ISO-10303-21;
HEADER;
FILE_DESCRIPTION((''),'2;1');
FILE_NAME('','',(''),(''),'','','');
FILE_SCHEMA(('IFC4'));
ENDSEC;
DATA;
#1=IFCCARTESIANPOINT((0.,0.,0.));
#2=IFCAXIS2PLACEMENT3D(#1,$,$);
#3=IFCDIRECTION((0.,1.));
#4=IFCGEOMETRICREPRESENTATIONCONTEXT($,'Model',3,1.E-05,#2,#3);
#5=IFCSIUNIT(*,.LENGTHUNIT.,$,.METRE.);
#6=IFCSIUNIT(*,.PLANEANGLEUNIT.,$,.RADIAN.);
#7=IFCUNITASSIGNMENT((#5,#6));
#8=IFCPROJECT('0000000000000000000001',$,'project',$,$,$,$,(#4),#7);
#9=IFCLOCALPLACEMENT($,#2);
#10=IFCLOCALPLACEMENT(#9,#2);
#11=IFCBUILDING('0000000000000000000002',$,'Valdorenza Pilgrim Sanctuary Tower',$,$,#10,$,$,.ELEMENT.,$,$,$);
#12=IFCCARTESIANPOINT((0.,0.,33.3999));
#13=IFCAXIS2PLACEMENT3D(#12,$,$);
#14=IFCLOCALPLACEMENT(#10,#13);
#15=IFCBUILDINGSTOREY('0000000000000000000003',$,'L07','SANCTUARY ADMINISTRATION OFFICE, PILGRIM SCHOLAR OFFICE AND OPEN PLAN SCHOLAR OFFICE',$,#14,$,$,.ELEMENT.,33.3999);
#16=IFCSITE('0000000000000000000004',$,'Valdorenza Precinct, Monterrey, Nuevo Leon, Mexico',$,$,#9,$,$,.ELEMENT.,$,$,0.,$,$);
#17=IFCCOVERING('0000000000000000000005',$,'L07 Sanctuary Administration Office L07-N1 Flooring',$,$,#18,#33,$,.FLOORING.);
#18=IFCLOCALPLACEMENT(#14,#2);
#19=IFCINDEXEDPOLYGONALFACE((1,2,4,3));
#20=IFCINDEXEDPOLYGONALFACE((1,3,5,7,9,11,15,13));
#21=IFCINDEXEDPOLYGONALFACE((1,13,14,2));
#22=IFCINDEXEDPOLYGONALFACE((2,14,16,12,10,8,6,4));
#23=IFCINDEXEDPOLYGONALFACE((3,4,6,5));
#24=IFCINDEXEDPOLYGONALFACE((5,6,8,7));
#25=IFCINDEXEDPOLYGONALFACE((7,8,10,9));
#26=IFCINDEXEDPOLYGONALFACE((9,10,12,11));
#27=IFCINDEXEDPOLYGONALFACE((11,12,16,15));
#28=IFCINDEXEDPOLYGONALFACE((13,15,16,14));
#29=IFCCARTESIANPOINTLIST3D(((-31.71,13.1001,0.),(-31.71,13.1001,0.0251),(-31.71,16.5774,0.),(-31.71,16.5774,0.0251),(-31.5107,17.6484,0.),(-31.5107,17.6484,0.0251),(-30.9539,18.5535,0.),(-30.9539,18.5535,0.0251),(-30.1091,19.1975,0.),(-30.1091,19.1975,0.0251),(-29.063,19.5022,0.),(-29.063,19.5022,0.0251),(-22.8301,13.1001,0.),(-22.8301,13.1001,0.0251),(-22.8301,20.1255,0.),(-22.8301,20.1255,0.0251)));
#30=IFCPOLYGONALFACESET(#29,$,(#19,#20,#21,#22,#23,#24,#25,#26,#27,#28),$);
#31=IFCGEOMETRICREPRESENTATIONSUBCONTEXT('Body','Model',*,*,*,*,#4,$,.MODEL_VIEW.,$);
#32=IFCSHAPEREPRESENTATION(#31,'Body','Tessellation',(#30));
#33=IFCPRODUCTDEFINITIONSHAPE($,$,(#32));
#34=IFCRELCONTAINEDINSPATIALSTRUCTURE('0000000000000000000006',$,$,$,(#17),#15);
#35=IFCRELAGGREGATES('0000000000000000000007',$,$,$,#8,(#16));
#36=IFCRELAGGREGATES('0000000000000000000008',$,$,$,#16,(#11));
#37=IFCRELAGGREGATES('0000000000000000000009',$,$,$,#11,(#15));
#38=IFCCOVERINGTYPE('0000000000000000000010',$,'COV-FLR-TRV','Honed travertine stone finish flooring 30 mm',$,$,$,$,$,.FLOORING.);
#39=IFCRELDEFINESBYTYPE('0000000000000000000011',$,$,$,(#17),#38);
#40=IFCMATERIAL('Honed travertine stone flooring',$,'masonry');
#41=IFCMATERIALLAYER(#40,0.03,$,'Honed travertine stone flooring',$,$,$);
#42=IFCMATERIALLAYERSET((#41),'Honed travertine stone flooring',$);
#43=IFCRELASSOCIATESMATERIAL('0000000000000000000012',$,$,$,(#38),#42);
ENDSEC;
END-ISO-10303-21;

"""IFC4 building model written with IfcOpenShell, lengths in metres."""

from ifc_helpers import new_model, si_unit, direction, frame, origin, place, context, subcontext, project, spatial, polyline, outline, extrude, material, layer, layer_set, type_object, element, save


model = new_model("IFC4")

# Units and contexts
model_context = context("Model", 3, precision=1e-05, world=origin(), true_north=direction((0.0, 1.0)))
body_context = subcontext(model_context, "Body", "Model", "MODEL_VIEW")
ifc_project = project(units=[si_unit("LENGTHUNIT", "METRE"), si_unit("PLANEANGLEUNIT", "RADIAN")], contexts=[model_context])

# Site, building, storey
site_placement = place(None, origin())
site = spatial("IfcSite", under=ifc_project, at=site_placement, Name="Valdorenza Precinct, Monterrey, Nuevo Leon, Mexico", CompositionType="ELEMENT", RefElevation=0.0)
building_placement = place(site_placement, origin())
building = spatial("IfcBuilding", under=site, at=building_placement, Name="Valdorenza Pilgrim Sanctuary Tower", CompositionType="ELEMENT")
storey_placement = place(building_placement, frame((0.0, 0.0, 33.3999)))
storey = spatial("IfcBuildingStorey", under=building, at=storey_placement, Name="L07", Description="SANCTUARY ADMINISTRATION OFFICE, PILGRIM SCHOLAR OFFICE AND OPEN PLAN SCHOLAR OFFICE", CompositionType="ELEMENT", Elevation=33.3999)

# Covering
ifc_material_1 = material(Name="Honed travertine stone flooring", Category="masonry")
ifc_layer_1 = layer(ifc_material_1, 0.03, Name="Honed travertine stone flooring")
ifc_layer_set_1 = layer_set([ifc_layer_1], Name="Honed travertine stone flooring")
covering_type_1 = type_object("IfcCoveringType", Name="COV-FLR-TRV", Description="Honed travertine stone finish flooring 30 mm", PredefinedType="FLOORING", material=ifc_layer_set_1)
covering_1_placement = place(storey_placement, origin())
element("IfcCovering", 1, at=covering_1_placement, inside=storey, type_object=covering_type_1, Name="L07 Sanctuary Administration Office L07-N1 Flooring", PredefinedType="FLOORING", context=body_context, shape_type="SweptSolid", body=[
    extrude(outline(polyline([(-31.71, 13.1001), (-31.71, 16.5774), (-31.5107, 17.6484), (-30.9539, 18.5535), (-30.1091, 19.1975), (-29.063, 19.5022), (-22.8301, 20.1255), (-22.8301, 13.1001), (-31.71, 13.1001)])), origin(), (0.0, 0.0, 1.0), 0.0251),
])

save(model, "model.ifc")
